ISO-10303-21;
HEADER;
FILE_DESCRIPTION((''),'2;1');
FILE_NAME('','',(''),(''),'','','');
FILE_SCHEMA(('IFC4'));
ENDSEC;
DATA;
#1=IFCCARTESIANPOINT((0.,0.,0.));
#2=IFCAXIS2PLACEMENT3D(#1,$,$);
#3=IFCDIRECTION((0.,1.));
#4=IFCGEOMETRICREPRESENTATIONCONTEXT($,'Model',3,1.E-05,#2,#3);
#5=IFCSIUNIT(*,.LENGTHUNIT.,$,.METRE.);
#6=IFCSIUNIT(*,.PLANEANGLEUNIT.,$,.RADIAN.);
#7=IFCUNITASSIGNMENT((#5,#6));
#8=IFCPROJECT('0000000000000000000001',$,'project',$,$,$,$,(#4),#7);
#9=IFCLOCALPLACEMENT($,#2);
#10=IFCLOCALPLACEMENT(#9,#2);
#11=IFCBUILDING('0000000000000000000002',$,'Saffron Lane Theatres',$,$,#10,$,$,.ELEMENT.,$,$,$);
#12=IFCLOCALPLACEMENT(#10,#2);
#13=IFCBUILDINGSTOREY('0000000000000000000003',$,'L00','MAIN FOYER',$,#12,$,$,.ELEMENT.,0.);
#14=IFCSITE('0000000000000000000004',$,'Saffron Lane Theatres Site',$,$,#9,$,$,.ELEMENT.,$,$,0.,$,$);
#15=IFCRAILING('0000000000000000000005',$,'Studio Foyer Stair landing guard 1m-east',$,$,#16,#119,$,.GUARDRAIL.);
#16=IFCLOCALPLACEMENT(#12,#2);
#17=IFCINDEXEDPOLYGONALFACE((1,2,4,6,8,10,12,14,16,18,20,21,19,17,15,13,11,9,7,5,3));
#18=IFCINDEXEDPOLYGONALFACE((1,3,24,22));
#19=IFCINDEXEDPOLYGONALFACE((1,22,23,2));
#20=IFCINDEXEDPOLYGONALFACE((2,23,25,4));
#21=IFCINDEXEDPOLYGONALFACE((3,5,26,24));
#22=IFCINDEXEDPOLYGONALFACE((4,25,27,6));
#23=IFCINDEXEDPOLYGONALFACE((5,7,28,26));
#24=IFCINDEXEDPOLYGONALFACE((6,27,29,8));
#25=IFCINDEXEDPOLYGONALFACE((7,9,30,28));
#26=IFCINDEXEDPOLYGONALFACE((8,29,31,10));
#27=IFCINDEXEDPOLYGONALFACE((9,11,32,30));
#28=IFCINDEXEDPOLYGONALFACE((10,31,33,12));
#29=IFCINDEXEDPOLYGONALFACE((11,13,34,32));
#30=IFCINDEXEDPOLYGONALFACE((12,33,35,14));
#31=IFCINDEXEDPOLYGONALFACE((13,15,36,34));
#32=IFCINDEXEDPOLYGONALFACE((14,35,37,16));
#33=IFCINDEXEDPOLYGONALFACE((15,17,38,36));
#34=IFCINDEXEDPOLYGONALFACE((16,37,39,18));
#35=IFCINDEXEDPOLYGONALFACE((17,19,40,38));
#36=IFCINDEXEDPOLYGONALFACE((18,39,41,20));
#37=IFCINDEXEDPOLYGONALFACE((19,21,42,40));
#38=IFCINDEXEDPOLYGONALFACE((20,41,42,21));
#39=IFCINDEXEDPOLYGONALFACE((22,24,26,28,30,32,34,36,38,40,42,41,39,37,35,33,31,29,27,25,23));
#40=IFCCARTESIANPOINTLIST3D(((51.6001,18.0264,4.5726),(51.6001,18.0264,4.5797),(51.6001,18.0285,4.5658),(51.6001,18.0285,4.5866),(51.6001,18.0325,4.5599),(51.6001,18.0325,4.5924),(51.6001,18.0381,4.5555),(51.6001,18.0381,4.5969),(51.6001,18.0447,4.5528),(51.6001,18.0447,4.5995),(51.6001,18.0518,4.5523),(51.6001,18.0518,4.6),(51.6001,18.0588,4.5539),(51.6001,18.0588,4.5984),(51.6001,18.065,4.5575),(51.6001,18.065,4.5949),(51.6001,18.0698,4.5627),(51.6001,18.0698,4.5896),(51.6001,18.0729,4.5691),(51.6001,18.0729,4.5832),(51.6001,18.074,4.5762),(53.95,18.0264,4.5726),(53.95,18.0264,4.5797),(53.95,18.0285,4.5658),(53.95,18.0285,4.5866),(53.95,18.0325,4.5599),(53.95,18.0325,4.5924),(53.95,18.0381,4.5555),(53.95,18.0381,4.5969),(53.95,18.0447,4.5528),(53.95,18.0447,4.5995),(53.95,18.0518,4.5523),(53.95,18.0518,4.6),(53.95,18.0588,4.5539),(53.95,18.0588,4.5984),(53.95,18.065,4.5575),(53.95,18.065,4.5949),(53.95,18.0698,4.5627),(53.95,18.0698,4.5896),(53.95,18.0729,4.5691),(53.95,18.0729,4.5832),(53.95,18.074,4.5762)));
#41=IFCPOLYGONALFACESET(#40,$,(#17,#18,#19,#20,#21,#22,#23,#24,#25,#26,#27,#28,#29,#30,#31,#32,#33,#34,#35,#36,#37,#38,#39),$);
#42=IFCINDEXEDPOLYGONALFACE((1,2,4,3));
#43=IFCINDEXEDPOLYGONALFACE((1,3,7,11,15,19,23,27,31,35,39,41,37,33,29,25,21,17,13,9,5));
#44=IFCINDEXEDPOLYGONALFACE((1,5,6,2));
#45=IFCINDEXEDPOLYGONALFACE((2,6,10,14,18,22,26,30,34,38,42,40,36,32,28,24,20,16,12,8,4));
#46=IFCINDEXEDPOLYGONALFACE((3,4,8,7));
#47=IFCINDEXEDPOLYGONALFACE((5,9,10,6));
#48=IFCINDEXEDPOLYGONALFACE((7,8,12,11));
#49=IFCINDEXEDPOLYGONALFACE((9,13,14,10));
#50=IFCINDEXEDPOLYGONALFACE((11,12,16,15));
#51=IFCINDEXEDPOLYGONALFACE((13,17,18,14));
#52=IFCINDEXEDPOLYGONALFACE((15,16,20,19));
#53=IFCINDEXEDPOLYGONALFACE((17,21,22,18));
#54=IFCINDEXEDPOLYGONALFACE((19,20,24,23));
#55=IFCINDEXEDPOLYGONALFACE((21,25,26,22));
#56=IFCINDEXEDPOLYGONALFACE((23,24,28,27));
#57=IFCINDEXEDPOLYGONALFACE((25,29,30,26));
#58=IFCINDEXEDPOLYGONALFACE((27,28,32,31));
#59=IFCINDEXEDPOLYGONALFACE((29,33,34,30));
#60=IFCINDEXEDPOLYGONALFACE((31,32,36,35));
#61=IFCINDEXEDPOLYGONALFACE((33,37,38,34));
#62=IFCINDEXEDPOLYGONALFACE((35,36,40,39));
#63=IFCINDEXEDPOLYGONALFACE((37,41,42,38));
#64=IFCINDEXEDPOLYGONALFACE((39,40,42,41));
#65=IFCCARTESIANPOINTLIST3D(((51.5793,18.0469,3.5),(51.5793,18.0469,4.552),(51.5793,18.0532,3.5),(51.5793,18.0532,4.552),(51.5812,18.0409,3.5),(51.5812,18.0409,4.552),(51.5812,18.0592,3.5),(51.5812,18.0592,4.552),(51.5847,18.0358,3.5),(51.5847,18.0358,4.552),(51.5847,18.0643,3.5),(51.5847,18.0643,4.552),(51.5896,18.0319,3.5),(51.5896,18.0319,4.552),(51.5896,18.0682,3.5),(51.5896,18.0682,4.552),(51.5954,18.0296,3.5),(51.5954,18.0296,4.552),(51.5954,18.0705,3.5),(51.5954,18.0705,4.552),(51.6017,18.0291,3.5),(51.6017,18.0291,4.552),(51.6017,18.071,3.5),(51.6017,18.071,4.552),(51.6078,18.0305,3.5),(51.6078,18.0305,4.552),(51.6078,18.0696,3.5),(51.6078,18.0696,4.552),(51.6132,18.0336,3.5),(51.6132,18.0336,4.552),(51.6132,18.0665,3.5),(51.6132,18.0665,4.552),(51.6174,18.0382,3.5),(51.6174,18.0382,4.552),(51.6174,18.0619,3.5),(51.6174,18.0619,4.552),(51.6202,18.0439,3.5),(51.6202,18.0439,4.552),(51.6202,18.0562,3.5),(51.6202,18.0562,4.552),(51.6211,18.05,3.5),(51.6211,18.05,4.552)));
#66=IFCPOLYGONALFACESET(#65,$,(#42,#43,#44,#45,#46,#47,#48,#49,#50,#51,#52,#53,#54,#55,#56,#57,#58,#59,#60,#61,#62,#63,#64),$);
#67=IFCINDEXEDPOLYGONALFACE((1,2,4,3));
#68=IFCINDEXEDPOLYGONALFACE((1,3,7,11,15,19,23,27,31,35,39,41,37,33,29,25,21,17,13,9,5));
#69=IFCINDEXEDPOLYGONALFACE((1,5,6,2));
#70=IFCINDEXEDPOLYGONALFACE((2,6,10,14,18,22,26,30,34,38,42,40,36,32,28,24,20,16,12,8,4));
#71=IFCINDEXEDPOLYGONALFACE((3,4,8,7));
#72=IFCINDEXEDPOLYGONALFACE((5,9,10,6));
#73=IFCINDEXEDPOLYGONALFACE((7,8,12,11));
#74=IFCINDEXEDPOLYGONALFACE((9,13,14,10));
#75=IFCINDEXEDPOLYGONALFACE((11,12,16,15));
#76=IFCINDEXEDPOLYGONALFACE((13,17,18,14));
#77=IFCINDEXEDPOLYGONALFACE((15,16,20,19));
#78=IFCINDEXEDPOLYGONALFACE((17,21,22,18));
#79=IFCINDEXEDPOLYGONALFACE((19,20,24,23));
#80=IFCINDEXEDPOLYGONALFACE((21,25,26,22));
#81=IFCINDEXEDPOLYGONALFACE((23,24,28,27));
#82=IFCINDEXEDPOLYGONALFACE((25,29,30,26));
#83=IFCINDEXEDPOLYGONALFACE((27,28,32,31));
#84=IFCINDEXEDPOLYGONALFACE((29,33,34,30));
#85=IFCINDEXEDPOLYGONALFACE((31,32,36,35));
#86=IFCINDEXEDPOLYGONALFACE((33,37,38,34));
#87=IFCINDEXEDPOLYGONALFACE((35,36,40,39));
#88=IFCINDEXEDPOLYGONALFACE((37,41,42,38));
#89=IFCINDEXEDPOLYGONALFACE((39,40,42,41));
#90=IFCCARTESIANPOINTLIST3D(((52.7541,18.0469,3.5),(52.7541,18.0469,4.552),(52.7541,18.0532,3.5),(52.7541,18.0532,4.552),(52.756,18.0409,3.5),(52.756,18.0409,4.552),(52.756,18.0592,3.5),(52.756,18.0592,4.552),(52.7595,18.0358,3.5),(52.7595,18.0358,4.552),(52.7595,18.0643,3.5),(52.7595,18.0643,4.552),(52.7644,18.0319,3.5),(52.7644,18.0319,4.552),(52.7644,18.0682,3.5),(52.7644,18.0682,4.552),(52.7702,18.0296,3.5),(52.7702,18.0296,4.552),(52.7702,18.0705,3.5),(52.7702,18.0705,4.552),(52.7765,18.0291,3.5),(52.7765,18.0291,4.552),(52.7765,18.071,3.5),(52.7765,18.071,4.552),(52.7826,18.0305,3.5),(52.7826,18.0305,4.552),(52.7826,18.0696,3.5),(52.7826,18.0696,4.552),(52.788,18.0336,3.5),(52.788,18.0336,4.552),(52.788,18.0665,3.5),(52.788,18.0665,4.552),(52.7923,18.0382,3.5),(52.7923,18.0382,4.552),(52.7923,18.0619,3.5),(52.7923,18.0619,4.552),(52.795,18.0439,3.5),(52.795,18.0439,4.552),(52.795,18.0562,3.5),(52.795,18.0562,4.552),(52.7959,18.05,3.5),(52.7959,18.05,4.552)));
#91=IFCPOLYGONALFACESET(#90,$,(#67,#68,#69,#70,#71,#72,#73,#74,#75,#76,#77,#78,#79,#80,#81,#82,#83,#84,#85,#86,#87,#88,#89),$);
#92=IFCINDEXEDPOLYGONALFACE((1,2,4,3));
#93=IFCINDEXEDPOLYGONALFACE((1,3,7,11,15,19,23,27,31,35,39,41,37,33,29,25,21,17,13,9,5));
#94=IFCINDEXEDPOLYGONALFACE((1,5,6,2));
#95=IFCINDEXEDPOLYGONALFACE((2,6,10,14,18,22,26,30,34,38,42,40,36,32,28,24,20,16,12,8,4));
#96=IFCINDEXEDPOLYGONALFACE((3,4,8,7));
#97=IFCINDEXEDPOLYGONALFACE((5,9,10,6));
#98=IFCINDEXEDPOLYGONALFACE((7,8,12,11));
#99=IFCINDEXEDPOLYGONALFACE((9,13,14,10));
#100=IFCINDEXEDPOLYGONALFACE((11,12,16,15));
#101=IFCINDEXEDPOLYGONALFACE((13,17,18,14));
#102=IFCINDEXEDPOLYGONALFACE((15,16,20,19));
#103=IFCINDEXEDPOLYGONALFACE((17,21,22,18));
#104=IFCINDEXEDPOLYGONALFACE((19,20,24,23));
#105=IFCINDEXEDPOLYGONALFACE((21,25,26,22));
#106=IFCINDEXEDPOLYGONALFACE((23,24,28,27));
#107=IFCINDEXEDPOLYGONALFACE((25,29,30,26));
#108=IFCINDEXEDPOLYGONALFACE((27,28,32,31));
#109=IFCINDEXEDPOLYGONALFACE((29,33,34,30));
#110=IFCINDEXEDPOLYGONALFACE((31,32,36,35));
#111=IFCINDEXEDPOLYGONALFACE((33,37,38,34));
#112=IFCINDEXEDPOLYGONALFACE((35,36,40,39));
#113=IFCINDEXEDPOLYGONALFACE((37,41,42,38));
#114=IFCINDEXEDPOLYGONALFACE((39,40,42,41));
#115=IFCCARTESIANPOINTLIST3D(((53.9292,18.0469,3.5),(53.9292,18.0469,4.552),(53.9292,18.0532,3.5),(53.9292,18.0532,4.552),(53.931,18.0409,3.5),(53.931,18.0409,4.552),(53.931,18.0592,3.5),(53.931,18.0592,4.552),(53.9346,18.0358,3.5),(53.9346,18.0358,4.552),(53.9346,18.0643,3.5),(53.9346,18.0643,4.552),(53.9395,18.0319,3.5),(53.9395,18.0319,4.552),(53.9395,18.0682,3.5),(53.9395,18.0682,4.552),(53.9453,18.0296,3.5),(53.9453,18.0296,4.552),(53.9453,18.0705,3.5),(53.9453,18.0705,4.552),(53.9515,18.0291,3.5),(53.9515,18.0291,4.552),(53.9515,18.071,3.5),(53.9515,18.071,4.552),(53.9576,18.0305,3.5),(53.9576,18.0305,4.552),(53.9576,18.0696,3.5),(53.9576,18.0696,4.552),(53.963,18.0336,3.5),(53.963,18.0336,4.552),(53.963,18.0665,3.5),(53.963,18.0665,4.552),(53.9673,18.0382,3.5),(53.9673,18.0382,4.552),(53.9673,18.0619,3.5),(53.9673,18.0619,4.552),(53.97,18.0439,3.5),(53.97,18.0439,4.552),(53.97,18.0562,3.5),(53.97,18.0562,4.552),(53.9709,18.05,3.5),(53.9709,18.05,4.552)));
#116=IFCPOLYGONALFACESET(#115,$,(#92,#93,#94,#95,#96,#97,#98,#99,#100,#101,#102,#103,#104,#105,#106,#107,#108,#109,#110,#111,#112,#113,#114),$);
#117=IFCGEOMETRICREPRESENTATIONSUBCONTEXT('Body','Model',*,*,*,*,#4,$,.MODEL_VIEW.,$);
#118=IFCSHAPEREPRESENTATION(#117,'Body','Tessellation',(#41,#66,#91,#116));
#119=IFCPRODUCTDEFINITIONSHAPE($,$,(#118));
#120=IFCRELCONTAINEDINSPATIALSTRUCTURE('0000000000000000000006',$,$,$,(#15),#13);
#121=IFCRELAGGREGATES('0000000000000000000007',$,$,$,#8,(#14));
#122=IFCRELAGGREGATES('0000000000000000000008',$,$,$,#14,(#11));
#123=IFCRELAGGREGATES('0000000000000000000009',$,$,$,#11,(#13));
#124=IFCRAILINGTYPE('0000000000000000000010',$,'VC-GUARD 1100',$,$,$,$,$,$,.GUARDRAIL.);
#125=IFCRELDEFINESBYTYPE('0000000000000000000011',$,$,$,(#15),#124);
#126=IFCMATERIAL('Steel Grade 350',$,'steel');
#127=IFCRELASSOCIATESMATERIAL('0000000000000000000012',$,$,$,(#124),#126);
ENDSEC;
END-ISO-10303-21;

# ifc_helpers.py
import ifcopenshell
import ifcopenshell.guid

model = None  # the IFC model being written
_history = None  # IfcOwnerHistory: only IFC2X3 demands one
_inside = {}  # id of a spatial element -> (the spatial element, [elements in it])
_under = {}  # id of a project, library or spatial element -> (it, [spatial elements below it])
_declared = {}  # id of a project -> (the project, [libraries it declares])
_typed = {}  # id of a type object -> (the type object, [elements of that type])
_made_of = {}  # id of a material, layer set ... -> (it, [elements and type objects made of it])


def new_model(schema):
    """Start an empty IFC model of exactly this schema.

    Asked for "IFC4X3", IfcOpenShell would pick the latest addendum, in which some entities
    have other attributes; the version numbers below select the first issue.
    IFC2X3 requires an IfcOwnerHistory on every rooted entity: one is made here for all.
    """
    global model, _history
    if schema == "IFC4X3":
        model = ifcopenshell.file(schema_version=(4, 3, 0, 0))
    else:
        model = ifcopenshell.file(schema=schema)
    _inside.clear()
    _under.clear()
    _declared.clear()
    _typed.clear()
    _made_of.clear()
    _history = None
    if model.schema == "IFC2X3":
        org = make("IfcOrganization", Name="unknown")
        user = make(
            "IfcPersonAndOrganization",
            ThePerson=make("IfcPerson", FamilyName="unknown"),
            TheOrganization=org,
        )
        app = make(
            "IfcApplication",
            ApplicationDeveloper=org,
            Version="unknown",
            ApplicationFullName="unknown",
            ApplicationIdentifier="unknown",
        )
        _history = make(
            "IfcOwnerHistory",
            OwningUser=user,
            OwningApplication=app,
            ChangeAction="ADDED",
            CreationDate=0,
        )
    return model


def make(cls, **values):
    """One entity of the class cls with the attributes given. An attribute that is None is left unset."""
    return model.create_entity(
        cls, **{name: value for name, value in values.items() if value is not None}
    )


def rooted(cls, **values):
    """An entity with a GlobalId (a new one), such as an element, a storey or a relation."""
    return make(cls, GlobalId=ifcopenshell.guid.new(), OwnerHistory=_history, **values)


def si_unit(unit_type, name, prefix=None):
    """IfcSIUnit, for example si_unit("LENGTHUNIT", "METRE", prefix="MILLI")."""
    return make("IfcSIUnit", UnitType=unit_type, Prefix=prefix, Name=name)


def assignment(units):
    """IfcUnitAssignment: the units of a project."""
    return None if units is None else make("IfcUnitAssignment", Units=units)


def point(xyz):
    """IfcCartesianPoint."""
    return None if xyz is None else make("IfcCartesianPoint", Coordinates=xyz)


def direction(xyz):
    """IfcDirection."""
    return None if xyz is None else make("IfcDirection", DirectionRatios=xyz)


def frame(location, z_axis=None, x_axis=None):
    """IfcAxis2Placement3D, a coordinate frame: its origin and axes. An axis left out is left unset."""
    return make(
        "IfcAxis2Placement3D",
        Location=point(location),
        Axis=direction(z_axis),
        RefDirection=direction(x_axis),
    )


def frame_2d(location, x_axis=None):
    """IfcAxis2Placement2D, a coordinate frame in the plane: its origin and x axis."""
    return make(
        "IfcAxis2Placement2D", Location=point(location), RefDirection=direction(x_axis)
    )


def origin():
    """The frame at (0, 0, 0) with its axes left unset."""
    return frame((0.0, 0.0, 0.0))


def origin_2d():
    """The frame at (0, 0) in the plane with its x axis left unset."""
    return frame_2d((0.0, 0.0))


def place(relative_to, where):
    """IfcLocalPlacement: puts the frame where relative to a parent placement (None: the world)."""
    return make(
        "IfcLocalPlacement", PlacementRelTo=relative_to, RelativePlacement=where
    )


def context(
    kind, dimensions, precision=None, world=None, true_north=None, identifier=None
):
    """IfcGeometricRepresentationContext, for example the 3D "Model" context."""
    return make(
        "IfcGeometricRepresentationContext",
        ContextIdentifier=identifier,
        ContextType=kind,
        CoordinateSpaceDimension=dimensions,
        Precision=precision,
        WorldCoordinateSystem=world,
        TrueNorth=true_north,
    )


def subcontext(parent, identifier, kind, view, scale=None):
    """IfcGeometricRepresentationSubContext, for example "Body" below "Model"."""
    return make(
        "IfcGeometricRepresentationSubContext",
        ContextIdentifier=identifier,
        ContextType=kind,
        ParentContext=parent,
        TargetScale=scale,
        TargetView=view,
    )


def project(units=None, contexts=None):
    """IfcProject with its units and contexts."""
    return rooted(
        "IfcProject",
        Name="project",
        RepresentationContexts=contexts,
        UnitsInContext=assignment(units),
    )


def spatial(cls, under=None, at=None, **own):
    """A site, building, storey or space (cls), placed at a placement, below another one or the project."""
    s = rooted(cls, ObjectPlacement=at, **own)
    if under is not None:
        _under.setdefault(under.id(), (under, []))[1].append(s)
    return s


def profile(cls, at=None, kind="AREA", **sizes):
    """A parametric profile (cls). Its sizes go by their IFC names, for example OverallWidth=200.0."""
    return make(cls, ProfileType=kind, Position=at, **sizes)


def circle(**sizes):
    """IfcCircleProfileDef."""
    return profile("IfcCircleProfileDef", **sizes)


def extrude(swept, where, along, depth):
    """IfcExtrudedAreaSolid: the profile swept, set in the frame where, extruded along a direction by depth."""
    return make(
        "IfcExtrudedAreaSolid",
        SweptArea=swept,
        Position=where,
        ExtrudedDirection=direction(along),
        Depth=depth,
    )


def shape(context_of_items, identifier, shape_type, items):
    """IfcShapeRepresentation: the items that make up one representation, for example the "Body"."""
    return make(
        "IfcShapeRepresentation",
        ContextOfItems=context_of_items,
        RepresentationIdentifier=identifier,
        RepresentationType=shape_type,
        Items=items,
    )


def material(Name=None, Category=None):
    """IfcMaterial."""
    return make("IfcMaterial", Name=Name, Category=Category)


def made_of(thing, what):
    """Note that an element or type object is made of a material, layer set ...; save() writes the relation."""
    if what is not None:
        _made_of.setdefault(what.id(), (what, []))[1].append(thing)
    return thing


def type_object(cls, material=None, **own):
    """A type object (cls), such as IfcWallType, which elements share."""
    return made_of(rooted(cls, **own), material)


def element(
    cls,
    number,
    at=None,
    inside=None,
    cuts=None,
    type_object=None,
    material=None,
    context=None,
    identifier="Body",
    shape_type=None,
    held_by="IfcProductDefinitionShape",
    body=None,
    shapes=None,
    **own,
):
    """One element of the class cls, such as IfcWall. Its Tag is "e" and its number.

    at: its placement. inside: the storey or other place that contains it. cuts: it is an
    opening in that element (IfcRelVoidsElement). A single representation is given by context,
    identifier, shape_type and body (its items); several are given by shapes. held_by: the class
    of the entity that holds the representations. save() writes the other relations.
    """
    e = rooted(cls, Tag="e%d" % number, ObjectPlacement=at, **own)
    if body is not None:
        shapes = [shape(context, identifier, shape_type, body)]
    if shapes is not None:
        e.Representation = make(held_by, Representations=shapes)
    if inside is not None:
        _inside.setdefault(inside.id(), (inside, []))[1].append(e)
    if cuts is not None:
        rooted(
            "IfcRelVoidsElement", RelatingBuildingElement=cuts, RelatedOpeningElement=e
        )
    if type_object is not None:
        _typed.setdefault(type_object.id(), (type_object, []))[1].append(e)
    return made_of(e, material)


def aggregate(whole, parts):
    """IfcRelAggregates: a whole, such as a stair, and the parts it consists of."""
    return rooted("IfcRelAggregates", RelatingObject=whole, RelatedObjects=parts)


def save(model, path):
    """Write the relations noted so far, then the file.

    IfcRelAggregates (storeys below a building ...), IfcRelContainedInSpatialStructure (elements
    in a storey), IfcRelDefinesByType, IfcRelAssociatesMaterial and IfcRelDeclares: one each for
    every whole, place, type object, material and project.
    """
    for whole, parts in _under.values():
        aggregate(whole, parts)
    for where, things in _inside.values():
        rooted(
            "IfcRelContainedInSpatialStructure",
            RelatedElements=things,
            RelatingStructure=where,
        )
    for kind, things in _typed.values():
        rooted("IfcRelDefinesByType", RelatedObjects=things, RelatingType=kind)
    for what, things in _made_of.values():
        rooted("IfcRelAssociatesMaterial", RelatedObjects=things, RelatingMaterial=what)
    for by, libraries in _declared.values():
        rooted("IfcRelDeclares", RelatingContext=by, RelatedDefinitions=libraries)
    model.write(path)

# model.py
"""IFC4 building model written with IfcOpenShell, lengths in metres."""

from ifc_helpers import new_model, si_unit, direction, frame, origin, origin_2d, place, context, subcontext, project, spatial, circle, extrude, material, type_object, element, save


model = new_model("IFC4")

# Units and contexts
model_context = context("Model", 3, precision=1e-05, world=origin(), true_north=direction((0.0, 1.0)))
body_context = subcontext(model_context, "Body", "Model", "MODEL_VIEW")
ifc_project = project(units=[si_unit("LENGTHUNIT", "METRE"), si_unit("PLANEANGLEUNIT", "RADIAN")], contexts=[model_context])

# Site, building, storey
site_placement = place(None, origin())
site = spatial("IfcSite", under=ifc_project, at=site_placement, Name="Saffron Lane Theatres Site", CompositionType="ELEMENT", RefElevation=0.0)
building_placement = place(site_placement, origin())
building = spatial("IfcBuilding", under=site, at=building_placement, Name="Saffron Lane Theatres", CompositionType="ELEMENT")
storey_placement = place(building_placement, origin())
storey = spatial("IfcBuildingStorey", under=building, at=storey_placement, Name="L00", Description="MAIN FOYER", CompositionType="ELEMENT", Elevation=0.0)

# Railing
ifc_material_1 = material(Name="Steel Grade 350", Category="steel")
railing_type_1 = type_object("IfcRailingType", Name="VC-GUARD 1100", PredefinedType="GUARDRAIL", material=ifc_material_1)
railing_1_placement = place(storey_placement, frame((51.6001, 18.05, 3.5)))
element("IfcRailing", 1, at=railing_1_placement, inside=storey, type_object=railing_type_1, Name="Studio Foyer Stair landing guard 1m-east", PredefinedType="GUARDRAIL", context=body_context, shape_type="SweptSolid", body=[
    extrude(circle(Radius=0.0239, at=origin_2d()), frame((0.0, 0.0, 1.0762), z_axis=(1.0, 0.0, 0.0), x_axis=(0.0, 1.0, 0.0)), (0.0, 0.0, 1.0), 2.3499),
    extrude(circle(Radius=0.021, at=origin_2d()), origin(), (0.0, 0.0, 1.0), 1.052),
    extrude(circle(Radius=0.021, at=origin_2d()), frame((1.1748, 0.0, 0.0)), (0.0, 0.0, 1.0), 1.052),
    extrude(circle(Radius=0.021, at=origin_2d()), frame((2.3499, 0.0, 0.0)), (0.0, 0.0, 1.0), 1.052),
])

save(model, "model.ifc")
